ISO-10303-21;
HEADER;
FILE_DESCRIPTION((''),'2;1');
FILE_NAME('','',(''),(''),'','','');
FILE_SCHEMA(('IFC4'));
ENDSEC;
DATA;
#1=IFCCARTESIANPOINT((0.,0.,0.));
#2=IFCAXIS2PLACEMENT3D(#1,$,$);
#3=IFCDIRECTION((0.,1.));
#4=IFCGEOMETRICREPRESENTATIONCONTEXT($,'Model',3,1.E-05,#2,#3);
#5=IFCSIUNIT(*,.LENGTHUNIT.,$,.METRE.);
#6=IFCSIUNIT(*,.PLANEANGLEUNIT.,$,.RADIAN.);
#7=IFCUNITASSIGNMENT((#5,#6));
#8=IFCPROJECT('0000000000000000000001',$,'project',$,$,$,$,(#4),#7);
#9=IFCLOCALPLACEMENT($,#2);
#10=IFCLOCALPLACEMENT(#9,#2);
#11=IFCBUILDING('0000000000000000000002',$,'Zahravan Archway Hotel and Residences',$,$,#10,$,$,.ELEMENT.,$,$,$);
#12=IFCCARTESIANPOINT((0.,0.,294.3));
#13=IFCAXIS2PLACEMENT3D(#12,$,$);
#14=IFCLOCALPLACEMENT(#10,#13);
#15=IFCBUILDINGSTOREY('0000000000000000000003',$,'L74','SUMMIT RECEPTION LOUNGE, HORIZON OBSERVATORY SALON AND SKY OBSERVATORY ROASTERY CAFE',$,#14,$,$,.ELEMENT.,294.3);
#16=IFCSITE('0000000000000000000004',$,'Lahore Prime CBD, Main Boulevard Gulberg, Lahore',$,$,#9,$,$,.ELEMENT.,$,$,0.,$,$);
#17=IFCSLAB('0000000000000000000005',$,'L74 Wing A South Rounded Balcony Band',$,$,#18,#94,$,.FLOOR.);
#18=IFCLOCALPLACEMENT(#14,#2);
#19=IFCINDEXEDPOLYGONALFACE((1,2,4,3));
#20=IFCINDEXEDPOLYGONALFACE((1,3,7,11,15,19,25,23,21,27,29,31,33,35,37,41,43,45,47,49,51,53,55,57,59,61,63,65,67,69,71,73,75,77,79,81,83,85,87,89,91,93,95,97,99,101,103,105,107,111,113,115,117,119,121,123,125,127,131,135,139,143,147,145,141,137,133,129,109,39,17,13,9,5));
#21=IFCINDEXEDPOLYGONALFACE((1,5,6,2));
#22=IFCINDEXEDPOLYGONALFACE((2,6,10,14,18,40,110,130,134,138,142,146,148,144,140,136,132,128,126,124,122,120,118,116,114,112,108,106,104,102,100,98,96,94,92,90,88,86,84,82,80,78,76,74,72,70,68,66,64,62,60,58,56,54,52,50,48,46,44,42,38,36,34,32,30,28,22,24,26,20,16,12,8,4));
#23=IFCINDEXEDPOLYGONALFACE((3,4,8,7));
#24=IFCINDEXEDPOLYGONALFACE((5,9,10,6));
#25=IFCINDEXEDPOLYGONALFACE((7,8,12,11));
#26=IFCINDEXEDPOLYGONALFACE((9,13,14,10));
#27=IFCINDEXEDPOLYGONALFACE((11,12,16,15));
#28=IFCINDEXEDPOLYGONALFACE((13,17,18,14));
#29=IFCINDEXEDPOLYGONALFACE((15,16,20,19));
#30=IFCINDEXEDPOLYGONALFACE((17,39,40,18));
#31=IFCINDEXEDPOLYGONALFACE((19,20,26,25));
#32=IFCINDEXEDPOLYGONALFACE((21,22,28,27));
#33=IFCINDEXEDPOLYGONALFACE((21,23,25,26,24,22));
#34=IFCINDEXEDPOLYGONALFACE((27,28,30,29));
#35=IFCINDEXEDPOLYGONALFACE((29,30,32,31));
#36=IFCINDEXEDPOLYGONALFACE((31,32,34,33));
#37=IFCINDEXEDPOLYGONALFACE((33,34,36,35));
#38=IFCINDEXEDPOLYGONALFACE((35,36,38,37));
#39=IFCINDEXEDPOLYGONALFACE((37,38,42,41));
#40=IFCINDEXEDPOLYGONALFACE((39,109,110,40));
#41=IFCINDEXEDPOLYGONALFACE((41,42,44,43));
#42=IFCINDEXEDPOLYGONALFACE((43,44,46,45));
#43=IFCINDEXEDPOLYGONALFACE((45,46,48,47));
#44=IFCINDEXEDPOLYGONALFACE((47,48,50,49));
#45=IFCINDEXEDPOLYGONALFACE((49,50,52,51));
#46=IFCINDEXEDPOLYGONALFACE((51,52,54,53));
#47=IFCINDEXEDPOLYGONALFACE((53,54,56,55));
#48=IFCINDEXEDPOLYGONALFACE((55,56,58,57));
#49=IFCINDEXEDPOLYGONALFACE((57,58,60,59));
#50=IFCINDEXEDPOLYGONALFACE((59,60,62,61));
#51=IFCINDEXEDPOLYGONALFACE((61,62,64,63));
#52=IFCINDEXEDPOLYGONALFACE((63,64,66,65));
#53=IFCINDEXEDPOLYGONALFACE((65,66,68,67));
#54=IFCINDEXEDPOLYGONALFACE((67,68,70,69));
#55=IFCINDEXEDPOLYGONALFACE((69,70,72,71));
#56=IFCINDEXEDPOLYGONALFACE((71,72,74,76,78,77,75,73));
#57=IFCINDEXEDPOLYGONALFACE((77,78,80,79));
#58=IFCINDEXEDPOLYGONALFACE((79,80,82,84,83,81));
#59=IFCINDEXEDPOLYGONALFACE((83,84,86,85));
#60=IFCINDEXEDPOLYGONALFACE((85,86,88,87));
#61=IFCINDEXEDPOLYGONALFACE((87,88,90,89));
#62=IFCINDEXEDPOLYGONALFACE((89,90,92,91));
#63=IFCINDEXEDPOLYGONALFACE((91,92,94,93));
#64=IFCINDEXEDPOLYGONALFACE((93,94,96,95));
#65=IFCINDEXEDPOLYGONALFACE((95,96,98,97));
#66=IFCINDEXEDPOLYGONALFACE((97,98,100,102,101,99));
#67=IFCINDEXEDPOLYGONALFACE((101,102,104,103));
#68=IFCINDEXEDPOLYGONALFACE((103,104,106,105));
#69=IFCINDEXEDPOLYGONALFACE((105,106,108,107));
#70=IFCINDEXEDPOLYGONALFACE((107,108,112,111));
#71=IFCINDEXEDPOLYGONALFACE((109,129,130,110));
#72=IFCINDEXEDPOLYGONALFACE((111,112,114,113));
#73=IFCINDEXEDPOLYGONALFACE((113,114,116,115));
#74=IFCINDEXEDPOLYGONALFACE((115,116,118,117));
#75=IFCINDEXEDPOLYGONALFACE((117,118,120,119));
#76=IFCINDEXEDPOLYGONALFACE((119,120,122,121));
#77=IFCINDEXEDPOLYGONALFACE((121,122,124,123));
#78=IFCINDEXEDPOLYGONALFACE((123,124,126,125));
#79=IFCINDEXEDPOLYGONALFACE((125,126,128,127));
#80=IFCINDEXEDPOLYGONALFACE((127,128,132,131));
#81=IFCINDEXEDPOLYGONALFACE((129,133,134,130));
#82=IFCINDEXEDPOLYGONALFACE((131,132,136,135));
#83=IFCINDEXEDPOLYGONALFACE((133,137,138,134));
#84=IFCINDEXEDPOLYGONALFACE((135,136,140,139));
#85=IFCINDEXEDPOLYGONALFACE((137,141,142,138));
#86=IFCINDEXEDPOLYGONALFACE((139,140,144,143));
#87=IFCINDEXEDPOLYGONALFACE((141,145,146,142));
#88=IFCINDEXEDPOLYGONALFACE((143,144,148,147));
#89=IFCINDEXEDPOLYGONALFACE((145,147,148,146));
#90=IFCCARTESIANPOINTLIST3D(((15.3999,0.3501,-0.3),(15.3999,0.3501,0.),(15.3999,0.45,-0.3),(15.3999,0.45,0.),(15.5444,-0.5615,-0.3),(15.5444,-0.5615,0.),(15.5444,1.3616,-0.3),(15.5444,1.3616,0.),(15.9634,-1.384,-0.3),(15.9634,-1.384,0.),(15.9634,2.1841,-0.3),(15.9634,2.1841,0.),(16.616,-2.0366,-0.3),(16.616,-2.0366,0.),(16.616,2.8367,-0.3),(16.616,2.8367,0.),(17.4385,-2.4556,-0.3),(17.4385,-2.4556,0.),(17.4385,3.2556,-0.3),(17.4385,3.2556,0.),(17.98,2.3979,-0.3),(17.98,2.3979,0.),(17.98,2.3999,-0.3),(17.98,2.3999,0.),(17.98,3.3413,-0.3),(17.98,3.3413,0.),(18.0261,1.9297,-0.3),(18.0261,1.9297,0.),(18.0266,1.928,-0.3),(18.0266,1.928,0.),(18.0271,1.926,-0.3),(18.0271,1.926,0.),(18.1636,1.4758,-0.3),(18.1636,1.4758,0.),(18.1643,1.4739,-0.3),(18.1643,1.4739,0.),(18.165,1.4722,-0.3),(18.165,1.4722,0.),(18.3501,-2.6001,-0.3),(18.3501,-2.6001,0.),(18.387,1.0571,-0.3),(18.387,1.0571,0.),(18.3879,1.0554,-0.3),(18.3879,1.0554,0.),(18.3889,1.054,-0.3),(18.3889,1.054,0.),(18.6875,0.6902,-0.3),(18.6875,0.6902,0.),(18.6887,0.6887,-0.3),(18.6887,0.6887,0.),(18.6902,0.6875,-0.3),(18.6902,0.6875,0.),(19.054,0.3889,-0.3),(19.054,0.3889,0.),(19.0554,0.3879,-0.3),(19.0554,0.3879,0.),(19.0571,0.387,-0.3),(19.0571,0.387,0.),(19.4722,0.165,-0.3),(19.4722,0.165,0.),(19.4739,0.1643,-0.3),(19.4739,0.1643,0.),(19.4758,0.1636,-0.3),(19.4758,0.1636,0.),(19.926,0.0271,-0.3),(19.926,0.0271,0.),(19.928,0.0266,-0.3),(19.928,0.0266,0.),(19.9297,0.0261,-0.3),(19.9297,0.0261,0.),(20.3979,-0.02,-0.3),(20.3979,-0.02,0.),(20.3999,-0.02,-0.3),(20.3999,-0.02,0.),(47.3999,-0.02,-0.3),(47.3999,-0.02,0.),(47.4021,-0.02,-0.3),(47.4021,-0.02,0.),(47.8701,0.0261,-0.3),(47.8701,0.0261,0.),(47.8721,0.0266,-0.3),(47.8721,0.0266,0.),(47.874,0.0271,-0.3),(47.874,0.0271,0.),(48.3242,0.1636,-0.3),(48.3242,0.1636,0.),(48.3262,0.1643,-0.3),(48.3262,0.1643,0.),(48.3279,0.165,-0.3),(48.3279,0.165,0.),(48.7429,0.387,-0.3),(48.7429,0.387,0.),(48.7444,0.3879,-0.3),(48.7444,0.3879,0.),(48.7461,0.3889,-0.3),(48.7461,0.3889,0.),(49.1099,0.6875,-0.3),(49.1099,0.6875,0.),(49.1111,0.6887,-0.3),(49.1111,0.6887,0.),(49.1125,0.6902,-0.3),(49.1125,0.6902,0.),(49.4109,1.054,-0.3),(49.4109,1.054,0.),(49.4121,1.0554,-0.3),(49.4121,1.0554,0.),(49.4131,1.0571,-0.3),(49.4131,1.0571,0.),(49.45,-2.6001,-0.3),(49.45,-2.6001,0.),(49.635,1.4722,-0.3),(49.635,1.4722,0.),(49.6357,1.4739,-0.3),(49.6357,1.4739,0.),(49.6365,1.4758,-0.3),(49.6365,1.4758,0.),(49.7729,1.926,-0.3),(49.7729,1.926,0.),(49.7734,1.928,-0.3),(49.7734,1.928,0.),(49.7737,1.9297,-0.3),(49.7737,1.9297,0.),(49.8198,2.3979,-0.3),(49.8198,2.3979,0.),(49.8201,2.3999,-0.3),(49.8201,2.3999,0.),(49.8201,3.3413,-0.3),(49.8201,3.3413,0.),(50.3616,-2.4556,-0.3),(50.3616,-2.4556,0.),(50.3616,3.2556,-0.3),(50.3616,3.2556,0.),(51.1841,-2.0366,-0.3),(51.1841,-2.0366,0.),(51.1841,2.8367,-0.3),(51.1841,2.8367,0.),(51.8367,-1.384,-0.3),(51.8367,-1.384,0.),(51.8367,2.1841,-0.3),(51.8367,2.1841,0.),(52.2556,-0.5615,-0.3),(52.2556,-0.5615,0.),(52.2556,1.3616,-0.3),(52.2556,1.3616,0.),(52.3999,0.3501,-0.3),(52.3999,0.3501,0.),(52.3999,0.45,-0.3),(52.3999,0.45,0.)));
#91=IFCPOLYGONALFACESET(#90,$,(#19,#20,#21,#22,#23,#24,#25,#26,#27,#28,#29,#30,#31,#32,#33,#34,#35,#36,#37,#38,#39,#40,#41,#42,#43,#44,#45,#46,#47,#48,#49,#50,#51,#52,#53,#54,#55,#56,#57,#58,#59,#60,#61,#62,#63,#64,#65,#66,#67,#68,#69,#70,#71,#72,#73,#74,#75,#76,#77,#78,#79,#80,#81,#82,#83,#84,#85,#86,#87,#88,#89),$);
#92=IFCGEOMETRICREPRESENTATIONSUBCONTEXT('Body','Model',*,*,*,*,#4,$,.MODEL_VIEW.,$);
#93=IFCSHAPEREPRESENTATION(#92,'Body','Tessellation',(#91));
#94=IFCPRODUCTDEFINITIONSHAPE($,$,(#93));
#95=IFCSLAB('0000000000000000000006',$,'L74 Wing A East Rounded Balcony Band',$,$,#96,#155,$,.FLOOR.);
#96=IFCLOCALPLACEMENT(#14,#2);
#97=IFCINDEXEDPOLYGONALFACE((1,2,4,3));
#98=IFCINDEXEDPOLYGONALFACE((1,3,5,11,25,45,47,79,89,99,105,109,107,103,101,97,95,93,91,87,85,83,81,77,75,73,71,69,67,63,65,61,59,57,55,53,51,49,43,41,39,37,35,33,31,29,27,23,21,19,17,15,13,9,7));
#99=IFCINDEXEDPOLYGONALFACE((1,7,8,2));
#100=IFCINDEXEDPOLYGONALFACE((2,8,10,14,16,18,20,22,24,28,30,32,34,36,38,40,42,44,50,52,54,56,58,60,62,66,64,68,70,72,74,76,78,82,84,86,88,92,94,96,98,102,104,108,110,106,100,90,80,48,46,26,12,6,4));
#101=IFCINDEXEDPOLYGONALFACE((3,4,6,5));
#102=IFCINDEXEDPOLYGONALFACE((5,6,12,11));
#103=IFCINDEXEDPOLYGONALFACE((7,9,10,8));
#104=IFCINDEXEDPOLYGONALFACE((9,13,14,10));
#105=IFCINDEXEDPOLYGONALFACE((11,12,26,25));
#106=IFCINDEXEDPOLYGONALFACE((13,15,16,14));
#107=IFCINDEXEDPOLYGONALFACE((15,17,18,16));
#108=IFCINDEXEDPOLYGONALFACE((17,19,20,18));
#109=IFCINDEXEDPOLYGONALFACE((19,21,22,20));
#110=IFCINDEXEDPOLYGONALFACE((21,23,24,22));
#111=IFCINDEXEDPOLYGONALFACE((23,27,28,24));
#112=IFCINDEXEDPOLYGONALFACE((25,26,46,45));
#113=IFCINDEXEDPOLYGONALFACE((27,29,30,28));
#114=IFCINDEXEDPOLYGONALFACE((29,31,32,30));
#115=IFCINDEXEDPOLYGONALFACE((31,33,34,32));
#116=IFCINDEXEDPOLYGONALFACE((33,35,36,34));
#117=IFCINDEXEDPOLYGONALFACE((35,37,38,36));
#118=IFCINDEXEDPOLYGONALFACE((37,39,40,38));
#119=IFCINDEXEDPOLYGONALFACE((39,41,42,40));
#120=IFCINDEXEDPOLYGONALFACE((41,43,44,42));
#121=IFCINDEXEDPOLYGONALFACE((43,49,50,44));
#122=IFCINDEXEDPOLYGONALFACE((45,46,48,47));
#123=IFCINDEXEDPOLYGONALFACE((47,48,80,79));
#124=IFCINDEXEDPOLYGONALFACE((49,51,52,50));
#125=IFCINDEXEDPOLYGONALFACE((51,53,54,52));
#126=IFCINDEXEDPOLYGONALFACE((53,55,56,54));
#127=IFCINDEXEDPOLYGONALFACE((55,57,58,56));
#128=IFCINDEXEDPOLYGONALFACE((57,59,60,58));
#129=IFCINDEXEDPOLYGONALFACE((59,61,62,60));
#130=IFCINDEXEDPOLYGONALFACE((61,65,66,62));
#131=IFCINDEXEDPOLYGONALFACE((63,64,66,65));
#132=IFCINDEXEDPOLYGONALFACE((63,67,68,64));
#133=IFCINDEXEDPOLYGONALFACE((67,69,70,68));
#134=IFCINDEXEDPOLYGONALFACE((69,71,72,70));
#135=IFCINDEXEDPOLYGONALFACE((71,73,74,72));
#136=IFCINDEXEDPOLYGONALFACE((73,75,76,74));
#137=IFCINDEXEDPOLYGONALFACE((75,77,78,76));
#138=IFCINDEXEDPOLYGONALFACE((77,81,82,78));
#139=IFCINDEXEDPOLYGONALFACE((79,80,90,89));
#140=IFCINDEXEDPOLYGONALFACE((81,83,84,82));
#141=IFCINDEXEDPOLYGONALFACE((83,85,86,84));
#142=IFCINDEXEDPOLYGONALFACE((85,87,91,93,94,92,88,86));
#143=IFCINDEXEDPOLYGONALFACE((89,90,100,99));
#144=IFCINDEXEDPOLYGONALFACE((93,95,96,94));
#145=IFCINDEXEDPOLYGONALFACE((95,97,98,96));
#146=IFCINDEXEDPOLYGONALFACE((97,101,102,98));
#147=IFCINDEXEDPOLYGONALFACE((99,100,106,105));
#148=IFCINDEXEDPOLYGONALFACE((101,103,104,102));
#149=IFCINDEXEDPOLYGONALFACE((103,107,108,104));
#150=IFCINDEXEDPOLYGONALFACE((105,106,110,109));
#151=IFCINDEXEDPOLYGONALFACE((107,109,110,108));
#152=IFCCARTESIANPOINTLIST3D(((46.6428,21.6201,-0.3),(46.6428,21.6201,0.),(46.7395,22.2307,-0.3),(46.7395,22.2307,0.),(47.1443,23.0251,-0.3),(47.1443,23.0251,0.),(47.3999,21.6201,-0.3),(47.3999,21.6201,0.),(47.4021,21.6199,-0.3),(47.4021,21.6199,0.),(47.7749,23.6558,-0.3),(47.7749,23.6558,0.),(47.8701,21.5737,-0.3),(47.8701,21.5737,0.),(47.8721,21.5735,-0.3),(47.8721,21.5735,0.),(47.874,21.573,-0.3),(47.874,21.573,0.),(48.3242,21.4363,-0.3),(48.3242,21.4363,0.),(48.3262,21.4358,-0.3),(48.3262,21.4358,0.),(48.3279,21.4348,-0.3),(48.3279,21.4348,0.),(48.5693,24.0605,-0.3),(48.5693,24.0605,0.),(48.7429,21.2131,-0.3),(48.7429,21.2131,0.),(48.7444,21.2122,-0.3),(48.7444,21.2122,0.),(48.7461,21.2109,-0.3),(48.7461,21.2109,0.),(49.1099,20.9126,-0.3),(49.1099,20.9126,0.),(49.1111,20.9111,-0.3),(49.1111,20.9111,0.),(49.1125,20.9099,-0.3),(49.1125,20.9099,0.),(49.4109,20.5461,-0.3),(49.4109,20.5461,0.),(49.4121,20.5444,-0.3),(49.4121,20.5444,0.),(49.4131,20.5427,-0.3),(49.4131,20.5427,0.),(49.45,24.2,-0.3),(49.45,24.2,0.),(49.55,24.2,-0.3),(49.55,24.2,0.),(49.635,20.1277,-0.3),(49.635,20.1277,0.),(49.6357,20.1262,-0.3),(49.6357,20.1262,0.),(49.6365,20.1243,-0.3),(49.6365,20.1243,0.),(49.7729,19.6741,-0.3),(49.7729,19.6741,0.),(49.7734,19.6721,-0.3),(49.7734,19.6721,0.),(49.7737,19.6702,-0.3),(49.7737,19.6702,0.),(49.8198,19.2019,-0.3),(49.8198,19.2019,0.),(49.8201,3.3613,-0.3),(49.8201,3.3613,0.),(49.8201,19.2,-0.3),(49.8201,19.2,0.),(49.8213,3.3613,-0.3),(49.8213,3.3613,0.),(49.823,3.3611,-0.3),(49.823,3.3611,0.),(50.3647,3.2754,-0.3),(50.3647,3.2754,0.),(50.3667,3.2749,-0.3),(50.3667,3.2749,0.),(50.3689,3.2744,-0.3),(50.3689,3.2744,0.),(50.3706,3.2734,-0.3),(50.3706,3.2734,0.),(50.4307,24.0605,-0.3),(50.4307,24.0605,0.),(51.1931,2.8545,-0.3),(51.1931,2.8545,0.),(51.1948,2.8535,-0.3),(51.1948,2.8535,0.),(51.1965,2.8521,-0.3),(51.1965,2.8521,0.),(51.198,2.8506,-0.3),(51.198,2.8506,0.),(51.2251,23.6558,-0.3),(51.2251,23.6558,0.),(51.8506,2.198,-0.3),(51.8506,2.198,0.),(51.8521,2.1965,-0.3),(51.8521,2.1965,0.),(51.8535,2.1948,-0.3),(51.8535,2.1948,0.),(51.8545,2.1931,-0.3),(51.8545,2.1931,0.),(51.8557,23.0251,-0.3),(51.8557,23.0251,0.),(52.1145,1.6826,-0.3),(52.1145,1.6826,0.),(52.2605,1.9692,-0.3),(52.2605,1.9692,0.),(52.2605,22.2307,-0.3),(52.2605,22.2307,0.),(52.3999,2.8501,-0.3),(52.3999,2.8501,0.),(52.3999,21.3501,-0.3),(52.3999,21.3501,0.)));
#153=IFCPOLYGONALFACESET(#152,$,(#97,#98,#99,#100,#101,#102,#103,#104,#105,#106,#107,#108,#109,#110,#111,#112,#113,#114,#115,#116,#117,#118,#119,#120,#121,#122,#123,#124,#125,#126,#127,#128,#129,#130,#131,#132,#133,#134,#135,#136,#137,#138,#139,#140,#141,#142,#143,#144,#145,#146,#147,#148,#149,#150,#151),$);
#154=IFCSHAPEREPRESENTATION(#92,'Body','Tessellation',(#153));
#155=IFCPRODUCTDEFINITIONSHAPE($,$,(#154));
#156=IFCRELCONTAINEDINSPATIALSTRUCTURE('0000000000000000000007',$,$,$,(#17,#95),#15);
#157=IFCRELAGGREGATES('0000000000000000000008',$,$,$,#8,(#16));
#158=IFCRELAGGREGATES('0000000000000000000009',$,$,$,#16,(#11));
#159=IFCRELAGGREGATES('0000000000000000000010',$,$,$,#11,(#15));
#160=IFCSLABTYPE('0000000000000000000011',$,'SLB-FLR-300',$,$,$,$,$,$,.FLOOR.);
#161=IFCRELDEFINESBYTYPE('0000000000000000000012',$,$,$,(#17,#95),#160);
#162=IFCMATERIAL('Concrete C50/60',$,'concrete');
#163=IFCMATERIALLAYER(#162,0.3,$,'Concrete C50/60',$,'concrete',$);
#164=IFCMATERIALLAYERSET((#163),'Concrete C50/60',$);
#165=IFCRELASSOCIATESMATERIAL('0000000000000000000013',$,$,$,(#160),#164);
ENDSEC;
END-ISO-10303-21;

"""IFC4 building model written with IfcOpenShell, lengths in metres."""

from ifc_helpers import new_model, si_unit, direction, frame, origin, place, context, subcontext, project, spatial, polyline, outline, extrude, material, layer, layer_set, type_object, element, save


model = new_model("IFC4")

# Units and contexts
model_context = context("Model", 3, precision=1e-05, world=origin(), true_north=direction((0.0, 1.0)))
body_context = subcontext(model_context, "Body", "Model", "MODEL_VIEW")
ifc_project = project(units=[si_unit("LENGTHUNIT", "METRE"), si_unit("PLANEANGLEUNIT", "RADIAN")], contexts=[model_context])

# Site, building, storey
site_placement = place(None, origin())
site = spatial("IfcSite", under=ifc_project, at=site_placement, Name="Lahore Prime CBD, Main Boulevard Gulberg, Lahore", CompositionType="ELEMENT", RefElevation=0.0)
building_placement = place(site_placement, origin())
building = spatial("IfcBuilding", under=site, at=building_placement, Name="Zahravan Archway Hotel and Residences", CompositionType="ELEMENT")
storey_placement = place(building_placement, frame((0.0, 0.0, 294.3)))
storey = spatial("IfcBuildingStorey", under=building, at=storey_placement, Name="L74", Description="SUMMIT RECEPTION LOUNGE, HORIZON OBSERVATORY SALON AND SKY OBSERVATORY ROASTERY CAFE", CompositionType="ELEMENT", Elevation=294.3)

# Slabs
ifc_material_1 = material(Name="Concrete C50/60", Category="concrete")
ifc_layer_1 = layer(ifc_material_1, 0.3, Name="Concrete C50/60", Category="concrete")
ifc_layer_set_1 = layer_set([ifc_layer_1], Name="Concrete C50/60")
slab_type_1 = type_object("IfcSlabType", Name="SLB-FLR-300", PredefinedType="FLOOR", material=ifc_layer_set_1)
slab_1_placement = place(storey_placement, frame((0.0, 0.0, -0.3)))
element("IfcSlab", 1, at=slab_1_placement, inside=storey, type_object=slab_type_1, Name="L74 Wing A South Rounded Balcony Band", PredefinedType="FLOOR", context=body_context, shape_type="SweptSolid", body=[
    extrude(outline(polyline([(50.3616, 3.2556), (51.1841, 2.8367), (51.8367, 2.1841), (52.2556, 1.3616), (52.3999, 0.45), (52.3999, 0.3501), (52.2556, -0.5615), (51.8367, -1.384), (51.1841, -2.0366), (50.3616, -2.4556), (49.45, -2.6001), (18.3501, -2.6001), (17.4385, -2.4556), (16.616, -2.0366), (15.9634, -1.384), (15.5444, -0.5615), (15.3999, 0.3501), (15.3999, 0.45), (15.5444, 1.3616), (15.9634, 2.1841), (16.616, 2.8367), (17.4385, 3.2556), (17.98, 3.3413), (17.98, 2.3999), (17.98, 2.3979), (18.0261, 1.9297), (18.0266, 1.928), (18.0271, 1.926), (18.1636, 1.4758), (18.1643, 1.4739), (18.165, 1.4722), (18.387, 1.0571), (18.3879, 1.0554), (18.3889, 1.054), (18.6875, 0.6902), (18.6887, 0.6887), (18.6902, 0.6875), (19.054, 0.3889), (19.0554, 0.3879), (19.0571, 0.387), (19.4722, 0.165), (19.4739, 0.1643), (19.4758, 0.1636), (19.926, 0.0271), (19.928, 0.0266), (19.9297, 0.0261), (20.3979, -0.02), (20.3999, -0.02), (47.3999, -0.02), (47.4021, -0.02), (47.8701, 0.0261), (47.8721, 0.0266), (47.874, 0.0271), (48.3242, 0.1636), (48.3262, 0.1643), (48.3279, 0.165), (48.7429, 0.387), (48.7444, 0.3879), (48.7461, 0.3889), (49.1099, 0.6875), (49.1111, 0.6887), (49.1125, 0.6902), (49.4109, 1.054), (49.4121, 1.0554), (49.4131, 1.0571), (49.635, 1.4722), (49.6357, 1.4739), (49.6365, 1.4758), (49.7729, 1.926), (49.7734, 1.928), (49.7737, 1.9297), (49.8198, 2.3979), (49.8201, 2.3999), (49.8201, 3.3413), (50.3616, 3.2556)])), origin(), (0.0, 0.0, 1.0), 0.3),
])
slab_2_placement = place(storey_placement, frame((0.0, 0.0, -0.3)))
element("IfcSlab", 2, at=slab_2_placement, inside=storey, type_object=slab_type_1, Name="L74 Wing A East Rounded Balcony Band", PredefinedType="FLOOR", context=body_context, shape_type="SweptSolid", body=[
    extrude(outline(polyline([(46.7395, 22.2307), (47.1443, 23.0251), (47.7749, 23.6558), (48.5693, 24.0605), (49.45, 24.2), (49.55, 24.2), (50.4307, 24.0605), (51.2251, 23.6558), (51.8557, 23.0251), (52.2605, 22.2307), (52.3999, 21.3501), (52.3999, 2.8501), (52.2605, 1.9692), (52.1145, 1.6826), (51.8545, 2.1931), (51.8535, 2.1948), (51.8521, 2.1965), (51.8506, 2.198), (51.198, 2.8506), (51.1965, 2.8521), (51.1948, 2.8535), (51.1931, 2.8545), (50.3706, 3.2734), (50.3689, 3.2744), (50.3667, 3.2749), (50.3647, 3.2754), (49.823, 3.3611), (49.8213, 3.3613), (49.8201, 3.3613), (49.8201, 19.2), (49.8198, 19.2019), (49.7737, 19.6702), (49.7734, 19.6721), (49.7729, 19.6741), (49.6365, 20.1243), (49.6357, 20.1262), (49.635, 20.1277), (49.4131, 20.5427), (49.4121, 20.5444), (49.4109, 20.5461), (49.1125, 20.9099), (49.1111, 20.9111), (49.1099, 20.9126), (48.7461, 21.2109), (48.7444, 21.2122), (48.7429, 21.2131), (48.3279, 21.4348), (48.3262, 21.4358), (48.3242, 21.4363), (47.874, 21.573), (47.8721, 21.5735), (47.8701, 21.5737), (47.4021, 21.6199), (47.3999, 21.6201), (46.6428, 21.6201), (46.7395, 22.2307)])), origin(), (0.0, 0.0, 1.0), 0.3),
])

save(model, "model.ifc")
